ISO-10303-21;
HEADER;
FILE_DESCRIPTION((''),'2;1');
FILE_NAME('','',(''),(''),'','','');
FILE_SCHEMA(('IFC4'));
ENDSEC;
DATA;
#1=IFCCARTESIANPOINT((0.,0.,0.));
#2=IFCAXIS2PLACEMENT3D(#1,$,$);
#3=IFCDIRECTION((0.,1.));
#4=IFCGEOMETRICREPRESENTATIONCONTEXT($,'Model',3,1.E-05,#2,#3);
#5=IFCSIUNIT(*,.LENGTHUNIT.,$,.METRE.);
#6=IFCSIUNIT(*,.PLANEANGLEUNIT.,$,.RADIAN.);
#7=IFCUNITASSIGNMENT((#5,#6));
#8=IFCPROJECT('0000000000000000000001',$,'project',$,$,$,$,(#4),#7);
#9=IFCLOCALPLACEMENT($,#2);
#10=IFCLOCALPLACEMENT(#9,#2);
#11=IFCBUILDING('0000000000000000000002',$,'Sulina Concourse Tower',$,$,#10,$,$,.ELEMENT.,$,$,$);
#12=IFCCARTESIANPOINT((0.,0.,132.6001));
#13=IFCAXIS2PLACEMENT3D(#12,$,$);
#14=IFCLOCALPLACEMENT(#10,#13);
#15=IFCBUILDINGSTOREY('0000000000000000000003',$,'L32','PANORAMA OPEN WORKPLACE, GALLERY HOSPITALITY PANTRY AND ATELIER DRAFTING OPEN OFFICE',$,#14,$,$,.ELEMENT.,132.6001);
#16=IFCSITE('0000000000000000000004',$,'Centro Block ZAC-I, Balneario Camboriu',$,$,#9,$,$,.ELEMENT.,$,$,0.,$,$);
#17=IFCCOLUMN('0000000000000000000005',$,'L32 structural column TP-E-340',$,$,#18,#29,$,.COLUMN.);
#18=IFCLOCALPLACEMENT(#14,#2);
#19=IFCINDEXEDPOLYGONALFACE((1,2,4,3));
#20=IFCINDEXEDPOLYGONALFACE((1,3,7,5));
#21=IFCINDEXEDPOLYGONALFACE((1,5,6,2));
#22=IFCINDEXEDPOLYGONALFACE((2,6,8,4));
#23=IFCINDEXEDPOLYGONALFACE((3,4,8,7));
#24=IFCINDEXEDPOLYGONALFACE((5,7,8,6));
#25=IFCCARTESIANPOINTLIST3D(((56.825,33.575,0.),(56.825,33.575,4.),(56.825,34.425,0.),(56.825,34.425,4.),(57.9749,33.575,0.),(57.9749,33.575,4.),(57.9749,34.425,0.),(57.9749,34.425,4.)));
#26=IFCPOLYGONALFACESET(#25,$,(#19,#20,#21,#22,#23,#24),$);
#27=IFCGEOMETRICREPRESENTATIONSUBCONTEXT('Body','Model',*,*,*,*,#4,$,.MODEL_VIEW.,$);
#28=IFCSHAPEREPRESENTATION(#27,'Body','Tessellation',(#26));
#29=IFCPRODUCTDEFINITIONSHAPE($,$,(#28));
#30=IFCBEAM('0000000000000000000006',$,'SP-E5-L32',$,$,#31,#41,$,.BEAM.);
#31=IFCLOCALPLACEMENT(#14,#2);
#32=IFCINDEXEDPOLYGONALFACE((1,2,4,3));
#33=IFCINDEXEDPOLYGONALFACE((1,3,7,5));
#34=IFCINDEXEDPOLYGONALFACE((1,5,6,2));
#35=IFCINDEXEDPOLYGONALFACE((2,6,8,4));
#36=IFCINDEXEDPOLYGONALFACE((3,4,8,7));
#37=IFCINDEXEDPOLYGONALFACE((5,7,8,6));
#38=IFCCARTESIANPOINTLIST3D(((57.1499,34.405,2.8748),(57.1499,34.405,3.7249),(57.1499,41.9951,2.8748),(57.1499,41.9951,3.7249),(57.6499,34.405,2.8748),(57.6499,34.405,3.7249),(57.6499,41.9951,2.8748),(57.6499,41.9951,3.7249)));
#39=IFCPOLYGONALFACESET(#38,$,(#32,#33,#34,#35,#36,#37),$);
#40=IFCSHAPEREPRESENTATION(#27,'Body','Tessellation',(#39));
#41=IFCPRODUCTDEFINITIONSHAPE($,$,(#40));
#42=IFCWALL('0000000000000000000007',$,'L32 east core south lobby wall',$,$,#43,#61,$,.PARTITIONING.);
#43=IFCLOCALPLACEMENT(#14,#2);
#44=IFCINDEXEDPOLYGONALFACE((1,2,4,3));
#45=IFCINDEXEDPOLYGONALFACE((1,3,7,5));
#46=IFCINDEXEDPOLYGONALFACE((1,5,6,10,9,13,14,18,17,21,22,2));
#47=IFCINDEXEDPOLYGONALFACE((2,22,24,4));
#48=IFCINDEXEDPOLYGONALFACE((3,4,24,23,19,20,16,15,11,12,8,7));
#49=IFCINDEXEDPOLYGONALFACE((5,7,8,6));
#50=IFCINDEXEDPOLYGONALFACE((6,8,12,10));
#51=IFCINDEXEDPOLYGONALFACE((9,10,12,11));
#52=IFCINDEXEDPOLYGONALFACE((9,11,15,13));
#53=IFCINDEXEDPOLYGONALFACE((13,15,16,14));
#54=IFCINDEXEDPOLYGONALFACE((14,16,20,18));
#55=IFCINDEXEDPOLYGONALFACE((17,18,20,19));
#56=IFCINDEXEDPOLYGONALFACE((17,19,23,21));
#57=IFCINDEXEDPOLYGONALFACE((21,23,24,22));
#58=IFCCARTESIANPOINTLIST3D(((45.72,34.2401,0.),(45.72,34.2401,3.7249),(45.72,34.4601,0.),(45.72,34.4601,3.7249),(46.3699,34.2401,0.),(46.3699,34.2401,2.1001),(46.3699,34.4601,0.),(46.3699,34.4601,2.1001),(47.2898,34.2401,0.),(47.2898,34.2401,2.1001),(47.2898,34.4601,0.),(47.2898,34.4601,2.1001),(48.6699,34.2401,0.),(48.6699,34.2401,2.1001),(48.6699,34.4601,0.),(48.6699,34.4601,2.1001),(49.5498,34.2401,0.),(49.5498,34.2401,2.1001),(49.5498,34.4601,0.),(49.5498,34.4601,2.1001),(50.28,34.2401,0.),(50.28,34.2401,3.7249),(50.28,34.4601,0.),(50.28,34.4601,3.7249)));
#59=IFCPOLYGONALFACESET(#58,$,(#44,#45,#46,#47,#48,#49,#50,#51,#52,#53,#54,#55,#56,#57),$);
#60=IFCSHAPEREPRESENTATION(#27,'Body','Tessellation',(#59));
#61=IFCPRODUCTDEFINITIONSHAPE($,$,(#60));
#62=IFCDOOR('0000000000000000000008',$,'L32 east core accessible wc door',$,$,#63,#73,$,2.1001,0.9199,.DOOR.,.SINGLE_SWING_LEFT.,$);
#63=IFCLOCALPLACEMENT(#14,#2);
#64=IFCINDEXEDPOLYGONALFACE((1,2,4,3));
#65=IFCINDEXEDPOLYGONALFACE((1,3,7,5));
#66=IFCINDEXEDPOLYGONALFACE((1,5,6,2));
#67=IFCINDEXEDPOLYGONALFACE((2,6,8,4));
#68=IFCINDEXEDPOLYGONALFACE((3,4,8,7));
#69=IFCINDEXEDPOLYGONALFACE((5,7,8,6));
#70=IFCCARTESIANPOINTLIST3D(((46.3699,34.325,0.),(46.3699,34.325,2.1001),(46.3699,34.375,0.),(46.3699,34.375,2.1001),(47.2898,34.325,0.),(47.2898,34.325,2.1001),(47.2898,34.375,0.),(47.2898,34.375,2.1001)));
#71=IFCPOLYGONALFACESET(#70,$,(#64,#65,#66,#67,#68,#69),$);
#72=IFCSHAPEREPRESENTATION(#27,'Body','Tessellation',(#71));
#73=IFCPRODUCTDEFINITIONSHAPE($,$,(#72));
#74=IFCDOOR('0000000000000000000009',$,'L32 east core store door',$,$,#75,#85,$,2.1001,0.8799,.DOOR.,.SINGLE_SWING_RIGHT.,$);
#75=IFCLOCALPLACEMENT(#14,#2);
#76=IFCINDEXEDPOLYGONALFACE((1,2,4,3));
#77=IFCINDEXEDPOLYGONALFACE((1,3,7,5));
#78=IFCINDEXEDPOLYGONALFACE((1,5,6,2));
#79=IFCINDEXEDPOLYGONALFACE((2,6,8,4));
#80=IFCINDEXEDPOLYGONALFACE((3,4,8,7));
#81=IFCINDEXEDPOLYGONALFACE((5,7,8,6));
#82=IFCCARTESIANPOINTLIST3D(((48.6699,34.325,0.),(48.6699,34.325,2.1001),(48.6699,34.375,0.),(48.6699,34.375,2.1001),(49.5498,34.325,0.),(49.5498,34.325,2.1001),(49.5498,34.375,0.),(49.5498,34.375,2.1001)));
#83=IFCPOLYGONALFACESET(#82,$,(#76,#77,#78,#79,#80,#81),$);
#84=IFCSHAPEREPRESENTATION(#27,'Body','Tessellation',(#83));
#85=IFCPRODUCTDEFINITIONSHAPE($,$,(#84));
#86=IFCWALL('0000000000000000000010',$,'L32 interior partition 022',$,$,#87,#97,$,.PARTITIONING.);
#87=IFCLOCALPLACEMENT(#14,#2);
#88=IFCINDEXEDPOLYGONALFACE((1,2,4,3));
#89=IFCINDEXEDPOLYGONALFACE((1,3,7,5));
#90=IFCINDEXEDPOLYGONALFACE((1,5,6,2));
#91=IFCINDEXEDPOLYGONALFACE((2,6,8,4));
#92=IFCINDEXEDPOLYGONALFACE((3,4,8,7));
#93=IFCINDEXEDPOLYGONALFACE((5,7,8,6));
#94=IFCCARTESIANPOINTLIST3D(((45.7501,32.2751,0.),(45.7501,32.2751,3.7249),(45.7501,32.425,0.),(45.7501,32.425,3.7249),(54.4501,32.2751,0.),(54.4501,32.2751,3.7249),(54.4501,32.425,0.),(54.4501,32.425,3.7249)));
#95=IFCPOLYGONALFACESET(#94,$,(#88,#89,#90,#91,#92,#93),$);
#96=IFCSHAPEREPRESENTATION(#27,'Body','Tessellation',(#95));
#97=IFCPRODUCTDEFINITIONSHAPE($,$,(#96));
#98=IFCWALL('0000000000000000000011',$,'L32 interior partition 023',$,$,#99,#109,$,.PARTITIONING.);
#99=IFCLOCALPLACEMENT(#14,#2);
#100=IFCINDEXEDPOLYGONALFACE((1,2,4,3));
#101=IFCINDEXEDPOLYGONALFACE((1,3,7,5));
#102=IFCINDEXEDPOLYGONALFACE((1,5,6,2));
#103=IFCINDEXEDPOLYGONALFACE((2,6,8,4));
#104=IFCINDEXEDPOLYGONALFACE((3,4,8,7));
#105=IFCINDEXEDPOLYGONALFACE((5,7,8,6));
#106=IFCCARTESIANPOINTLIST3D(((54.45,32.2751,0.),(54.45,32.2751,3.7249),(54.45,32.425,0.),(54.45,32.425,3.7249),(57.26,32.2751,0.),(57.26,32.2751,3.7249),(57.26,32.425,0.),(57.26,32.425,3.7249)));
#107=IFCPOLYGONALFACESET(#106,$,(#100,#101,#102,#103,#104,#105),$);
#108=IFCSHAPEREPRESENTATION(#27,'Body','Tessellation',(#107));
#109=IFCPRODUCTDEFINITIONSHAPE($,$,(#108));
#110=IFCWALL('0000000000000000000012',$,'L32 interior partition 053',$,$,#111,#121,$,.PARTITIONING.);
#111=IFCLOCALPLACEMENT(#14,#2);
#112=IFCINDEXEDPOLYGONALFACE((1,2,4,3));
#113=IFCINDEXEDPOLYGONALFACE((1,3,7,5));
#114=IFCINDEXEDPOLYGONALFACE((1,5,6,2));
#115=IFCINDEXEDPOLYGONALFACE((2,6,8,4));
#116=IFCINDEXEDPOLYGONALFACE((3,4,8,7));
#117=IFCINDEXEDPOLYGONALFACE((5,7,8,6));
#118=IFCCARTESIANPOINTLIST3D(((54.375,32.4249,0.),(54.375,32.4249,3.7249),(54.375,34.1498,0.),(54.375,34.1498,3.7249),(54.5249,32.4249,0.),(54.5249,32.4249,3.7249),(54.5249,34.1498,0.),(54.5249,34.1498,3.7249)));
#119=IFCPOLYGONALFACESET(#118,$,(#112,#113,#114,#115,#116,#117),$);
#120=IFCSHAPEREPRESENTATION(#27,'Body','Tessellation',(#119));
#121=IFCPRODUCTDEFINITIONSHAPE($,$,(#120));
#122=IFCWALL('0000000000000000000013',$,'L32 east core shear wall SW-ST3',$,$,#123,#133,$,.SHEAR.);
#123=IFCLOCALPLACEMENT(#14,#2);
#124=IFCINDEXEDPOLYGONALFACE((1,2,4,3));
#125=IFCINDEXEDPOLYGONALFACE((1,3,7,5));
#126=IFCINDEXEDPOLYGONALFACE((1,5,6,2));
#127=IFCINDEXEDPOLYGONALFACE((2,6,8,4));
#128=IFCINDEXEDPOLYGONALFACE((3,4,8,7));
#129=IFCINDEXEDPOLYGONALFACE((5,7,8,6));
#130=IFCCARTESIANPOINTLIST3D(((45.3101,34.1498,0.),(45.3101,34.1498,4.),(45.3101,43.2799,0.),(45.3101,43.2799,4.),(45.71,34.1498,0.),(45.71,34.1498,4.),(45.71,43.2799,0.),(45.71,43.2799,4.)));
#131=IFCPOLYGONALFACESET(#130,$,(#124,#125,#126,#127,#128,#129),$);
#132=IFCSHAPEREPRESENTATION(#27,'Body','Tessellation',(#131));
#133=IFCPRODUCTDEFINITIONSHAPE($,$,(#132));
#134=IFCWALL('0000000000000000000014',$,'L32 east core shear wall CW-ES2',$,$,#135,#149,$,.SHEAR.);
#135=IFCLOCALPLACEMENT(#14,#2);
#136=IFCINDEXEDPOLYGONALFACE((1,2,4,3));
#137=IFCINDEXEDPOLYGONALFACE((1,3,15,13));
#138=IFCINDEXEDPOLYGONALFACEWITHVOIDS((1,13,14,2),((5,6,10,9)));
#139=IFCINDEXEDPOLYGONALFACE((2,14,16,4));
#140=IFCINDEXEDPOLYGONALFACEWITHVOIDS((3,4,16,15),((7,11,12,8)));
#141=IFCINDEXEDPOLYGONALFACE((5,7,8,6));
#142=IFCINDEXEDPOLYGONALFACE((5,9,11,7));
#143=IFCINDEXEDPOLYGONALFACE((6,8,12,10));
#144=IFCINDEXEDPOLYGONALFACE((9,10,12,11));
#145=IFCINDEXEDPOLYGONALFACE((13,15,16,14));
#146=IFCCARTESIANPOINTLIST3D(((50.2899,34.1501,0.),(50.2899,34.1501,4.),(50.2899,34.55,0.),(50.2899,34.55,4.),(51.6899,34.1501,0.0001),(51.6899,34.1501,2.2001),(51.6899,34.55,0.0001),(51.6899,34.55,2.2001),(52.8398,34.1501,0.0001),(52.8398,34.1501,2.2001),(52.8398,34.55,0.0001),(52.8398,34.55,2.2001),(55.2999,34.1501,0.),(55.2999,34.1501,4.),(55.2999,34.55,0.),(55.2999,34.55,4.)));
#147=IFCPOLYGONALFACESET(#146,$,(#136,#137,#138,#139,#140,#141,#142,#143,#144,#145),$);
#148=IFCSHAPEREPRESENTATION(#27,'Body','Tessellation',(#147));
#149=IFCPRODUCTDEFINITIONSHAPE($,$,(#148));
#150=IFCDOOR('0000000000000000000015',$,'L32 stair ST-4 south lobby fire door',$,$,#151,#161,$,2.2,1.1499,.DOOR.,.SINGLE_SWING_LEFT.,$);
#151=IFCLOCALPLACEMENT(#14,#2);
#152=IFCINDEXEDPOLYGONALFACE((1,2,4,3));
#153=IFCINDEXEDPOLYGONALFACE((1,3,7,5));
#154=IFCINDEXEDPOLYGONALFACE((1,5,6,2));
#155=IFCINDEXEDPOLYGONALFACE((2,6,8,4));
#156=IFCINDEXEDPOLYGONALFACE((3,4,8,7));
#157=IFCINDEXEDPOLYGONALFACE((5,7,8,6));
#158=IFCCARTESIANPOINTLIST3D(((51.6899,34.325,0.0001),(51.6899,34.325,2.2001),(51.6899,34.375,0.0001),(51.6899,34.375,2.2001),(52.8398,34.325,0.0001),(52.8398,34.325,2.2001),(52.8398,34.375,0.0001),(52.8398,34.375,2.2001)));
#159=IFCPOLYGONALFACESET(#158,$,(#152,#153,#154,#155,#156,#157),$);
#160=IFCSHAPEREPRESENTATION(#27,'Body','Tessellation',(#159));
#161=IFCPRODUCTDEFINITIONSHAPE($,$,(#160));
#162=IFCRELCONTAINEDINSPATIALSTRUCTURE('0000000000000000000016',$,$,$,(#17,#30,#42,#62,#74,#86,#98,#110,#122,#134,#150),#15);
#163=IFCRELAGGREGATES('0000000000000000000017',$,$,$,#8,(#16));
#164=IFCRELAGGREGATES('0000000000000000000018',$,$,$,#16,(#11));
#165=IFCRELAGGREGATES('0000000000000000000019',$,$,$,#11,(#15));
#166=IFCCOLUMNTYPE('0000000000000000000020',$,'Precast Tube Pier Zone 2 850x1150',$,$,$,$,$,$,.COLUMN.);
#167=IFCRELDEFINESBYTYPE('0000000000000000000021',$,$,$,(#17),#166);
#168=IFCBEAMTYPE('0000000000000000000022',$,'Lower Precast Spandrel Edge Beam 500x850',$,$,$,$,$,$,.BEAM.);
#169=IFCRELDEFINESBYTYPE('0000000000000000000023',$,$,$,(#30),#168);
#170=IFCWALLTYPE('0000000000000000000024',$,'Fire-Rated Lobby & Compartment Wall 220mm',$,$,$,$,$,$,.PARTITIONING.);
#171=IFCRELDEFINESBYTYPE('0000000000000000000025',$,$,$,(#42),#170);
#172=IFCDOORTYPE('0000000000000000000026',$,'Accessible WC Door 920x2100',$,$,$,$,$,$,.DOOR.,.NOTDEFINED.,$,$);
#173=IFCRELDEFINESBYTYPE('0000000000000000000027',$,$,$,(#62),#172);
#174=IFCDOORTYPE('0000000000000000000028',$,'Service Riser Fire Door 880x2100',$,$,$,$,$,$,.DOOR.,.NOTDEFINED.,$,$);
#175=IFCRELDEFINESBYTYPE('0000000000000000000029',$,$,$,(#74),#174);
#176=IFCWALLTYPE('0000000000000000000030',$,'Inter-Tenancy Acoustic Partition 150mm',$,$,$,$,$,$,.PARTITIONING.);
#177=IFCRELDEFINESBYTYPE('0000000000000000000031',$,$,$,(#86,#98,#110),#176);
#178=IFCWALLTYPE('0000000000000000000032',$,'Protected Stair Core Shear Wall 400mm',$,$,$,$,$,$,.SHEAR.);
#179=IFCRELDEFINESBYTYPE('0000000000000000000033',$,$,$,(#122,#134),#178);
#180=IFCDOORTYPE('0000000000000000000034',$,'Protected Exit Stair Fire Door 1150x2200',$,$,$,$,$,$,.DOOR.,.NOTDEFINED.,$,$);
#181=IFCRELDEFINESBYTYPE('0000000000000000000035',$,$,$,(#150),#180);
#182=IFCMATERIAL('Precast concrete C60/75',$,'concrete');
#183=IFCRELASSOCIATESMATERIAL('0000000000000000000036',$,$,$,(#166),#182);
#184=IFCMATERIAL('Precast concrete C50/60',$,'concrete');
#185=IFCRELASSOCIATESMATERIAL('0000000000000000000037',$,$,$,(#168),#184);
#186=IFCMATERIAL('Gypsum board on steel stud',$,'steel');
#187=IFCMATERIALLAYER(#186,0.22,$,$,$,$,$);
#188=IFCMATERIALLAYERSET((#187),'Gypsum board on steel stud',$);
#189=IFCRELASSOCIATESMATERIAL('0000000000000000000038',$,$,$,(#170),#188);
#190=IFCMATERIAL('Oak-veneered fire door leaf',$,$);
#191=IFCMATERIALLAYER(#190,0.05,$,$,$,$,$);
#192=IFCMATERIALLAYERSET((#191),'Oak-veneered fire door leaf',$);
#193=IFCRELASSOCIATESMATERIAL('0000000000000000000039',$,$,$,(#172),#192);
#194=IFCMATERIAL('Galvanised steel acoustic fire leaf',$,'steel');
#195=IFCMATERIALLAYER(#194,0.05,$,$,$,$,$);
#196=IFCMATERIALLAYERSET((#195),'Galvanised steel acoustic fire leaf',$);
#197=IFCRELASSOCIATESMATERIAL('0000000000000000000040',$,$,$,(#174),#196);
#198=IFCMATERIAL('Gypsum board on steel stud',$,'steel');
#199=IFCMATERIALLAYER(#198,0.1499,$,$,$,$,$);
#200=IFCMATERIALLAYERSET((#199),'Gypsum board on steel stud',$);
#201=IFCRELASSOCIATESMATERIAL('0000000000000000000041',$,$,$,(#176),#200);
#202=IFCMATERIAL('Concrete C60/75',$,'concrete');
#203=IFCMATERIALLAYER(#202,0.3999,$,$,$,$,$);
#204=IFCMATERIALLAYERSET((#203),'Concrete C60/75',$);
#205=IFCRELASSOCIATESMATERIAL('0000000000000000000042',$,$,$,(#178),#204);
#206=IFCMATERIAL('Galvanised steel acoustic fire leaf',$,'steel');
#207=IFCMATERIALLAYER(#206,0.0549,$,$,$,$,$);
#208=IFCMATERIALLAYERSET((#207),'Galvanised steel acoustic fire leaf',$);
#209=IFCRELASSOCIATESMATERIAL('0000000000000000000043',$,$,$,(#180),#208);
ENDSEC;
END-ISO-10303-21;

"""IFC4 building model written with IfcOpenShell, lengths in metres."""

from ifc_helpers import new_model, si_unit, direction, frame, frame_2d, origin, origin_2d, place, context, subcontext, project, spatial, rectangle, extrude, material, layer, layer_set, material_profile, profile_set, type_object, element, fill, save


model = new_model("IFC4")

# Units and contexts
model_context = context("Model", 3, precision=1e-05, world=origin(), true_north=direction((0.0, 1.0)))
body_context = subcontext(model_context, "Body", "Model", "MODEL_VIEW")
ifc_project = project(units=[si_unit("LENGTHUNIT", "METRE"), si_unit("PLANEANGLEUNIT", "RADIAN")], contexts=[model_context])

# Site, building, storey
site_placement = place(None, origin())
site = spatial("IfcSite", under=ifc_project, at=site_placement, Name="Centro Block ZAC-I, Balneario Camboriu", CompositionType="ELEMENT", RefElevation=0.0)
building_placement = place(site_placement, origin())
building = spatial("IfcBuilding", under=site, at=building_placement, Name="Sulina Concourse Tower", CompositionType="ELEMENT")
storey_placement = place(building_placement, frame((0.0, 0.0, 132.6001)))
storey = spatial("IfcBuildingStorey", under=building, at=storey_placement, Name="L32", Description="PANORAMA OPEN WORKPLACE, GALLERY HOSPITALITY PANTRY AND ATELIER DRAFTING OPEN OFFICE", CompositionType="ELEMENT", Elevation=132.6001)

# Column
ifc_material_1 = material(Name="Precast concrete C60/75", Category="concrete")
ifc_material_profile_1 = material_profile(ifc_material_1, rectangle(XDim=0.8501, YDim=1.1499, at=origin_2d()), Name="PC 850x1150")
ifc_profile_set_1 = profile_set([ifc_material_profile_1], Name="Precast concrete C60/75")
column_type = type_object("IfcColumnType", Name="Precast Tube Pier Zone 2 850x1150", PredefinedType="COLUMN", material=ifc_profile_set_1)
column_placement = place(storey_placement, frame((57.3999, 34.0, 0.0), z_axis=(0.0, 0.0, 1.0), x_axis=(0.0, 1.0, 0.0)))
element("IfcColumn", 1, at=column_placement, inside=storey, type_object=column_type, Name="L32 structural column TP-E-340", PredefinedType="COLUMN", context=body_context, shape_type="SweptSolid", body=[
    extrude(rectangle(XDim=0.8501, YDim=1.1499, at=origin_2d()), origin(), (0.0, 0.0, 1.0), 4.0),
])

# Beam
ifc_material_2 = material(Name="Precast concrete C50/60", Category="concrete")
ifc_material_profile_2 = material_profile(ifc_material_2, rectangle(XDim=0.5, YDim=0.8501, at=origin_2d()), Name="RC 500x850")
ifc_profile_set_2 = profile_set([ifc_material_profile_2], Name="Precast concrete C50/60")
beam_type = type_object("IfcBeamType", Name="Lower Precast Spandrel Edge Beam 500x850", PredefinedType="BEAM", material=ifc_profile_set_2)
beam_placement = place(storey_placement, frame((57.3999, 34.405, 3.2998), z_axis=(0.0, 1.0, 0.0), x_axis=(-1.0, 0.0, 0.0)))
element("IfcBeam", 2, at=beam_placement, inside=storey, type_object=beam_type, Name="SP-E5-L32", PredefinedType="BEAM", context=body_context, shape_type="SweptSolid", body=[
    extrude(rectangle(XDim=0.5, YDim=0.8501, at=origin_2d()), origin(), (0.0, 0.0, 1.0), 7.5901),
])

# Wall, openings, doors
ifc_material_3 = material(Name="Gypsum board on steel stud", Category="steel")
ifc_layer_1 = layer(ifc_material_3, 0.22)
ifc_layer_set_1 = layer_set([ifc_layer_1], Name="Gypsum board on steel stud")
wall_type_1 = type_object("IfcWallType", Name="Fire-Rated Lobby & Compartment Wall 220mm", PredefinedType="PARTITIONING", material=ifc_layer_set_1)
wall_1_placement = place(storey_placement, frame((45.72, 34.3501, 0.0), z_axis=(0.0, 0.0, 1.0), x_axis=(1.0, 0.0, 0.0)))
wall_1 = element("IfcWall", 3, at=wall_1_placement, inside=storey, type_object=wall_type_1, Name="L32 east core south lobby wall", PredefinedType="PARTITIONING", context=body_context, shape_type="SweptSolid", body=[
    extrude(rectangle(XDim=4.5601, YDim=0.22, at=frame_2d((2.28, 0.0))), origin(), (0.0, 0.0, 1.0), 3.7249),
])
opening_1_placement = place(wall_1_placement, frame((0.6499, 0.0, 0.0)))
opening_1 = element("IfcOpeningElement", 4, at=opening_1_placement, cuts=wall_1, PredefinedType="OPENING", context=body_context, shape_type="SweptSolid", body=[
    extrude(rectangle(XDim=0.9199, YDim=2.1001, at=frame_2d((0.46, 1.05))), frame((0.0, 0.1199, 0.0), z_axis=(0.0, -1.0, 0.0), x_axis=(1.0, 0.0, 0.0)), (0.0, 0.0, 1.0), 0.24),
])
opening_2_placement = place(wall_1_placement, frame((2.95, 0.0, 0.0)))
opening_2 = element("IfcOpeningElement", 5, at=opening_2_placement, cuts=wall_1, PredefinedType="OPENING", context=body_context, shape_type="SweptSolid", body=[
    extrude(rectangle(XDim=0.8799, YDim=2.1001, at=frame_2d((0.4399, 1.05))), frame((0.0, 0.1199, 0.0), z_axis=(0.0, -1.0, 0.0), x_axis=(1.0, 0.0, 0.0)), (0.0, 0.0, 1.0), 0.24),
])
ifc_material_4 = material(Name="Oak-veneered fire door leaf")
ifc_layer_2 = layer(ifc_material_4, 0.05)
ifc_layer_set_2 = layer_set([ifc_layer_2], Name="Oak-veneered fire door leaf")
door_type_1 = type_object("IfcDoorType", Name="Accessible WC Door 920x2100", OperationType="NOTDEFINED", PredefinedType="DOOR", material=ifc_layer_set_2)
door_1_placement = place(opening_1_placement, origin())
door_1 = element("IfcDoor", 6, at=door_1_placement, inside=storey, type_object=door_type_1, Name="L32 east core accessible wc door", OperationType="SINGLE_SWING_LEFT", OverallHeight=2.1001, OverallWidth=0.9199, PredefinedType="DOOR", context=body_context, shape_type="SweptSolid", body=[
    extrude(rectangle(XDim=0.9199, YDim=2.1001, at=frame_2d((0.46, 1.05))), frame((0.0, 0.0249, 0.0), z_axis=(0.0, -1.0, 0.0), x_axis=(1.0, 0.0, 0.0)), (0.0, 0.0, 1.0), 0.05),
])
fill(opening_1, door_1)
ifc_material_5 = material(Name="Galvanised steel acoustic fire leaf", Category="steel")
ifc_layer_3 = layer(ifc_material_5, 0.05)
ifc_layer_set_3 = layer_set([ifc_layer_3], Name="Galvanised steel acoustic fire leaf")
door_type_2 = type_object("IfcDoorType", Name="Service Riser Fire Door 880x2100", OperationType="NOTDEFINED", PredefinedType="DOOR", material=ifc_layer_set_3)
door_2_placement = place(opening_2_placement, origin())
door_2 = element("IfcDoor", 7, at=door_2_placement, inside=storey, type_object=door_type_2, Name="L32 east core store door", OperationType="SINGLE_SWING_RIGHT", OverallHeight=2.1001, OverallWidth=0.8799, PredefinedType="DOOR", context=body_context, shape_type="SweptSolid", body=[
    extrude(rectangle(XDim=0.8799, YDim=2.1001, at=frame_2d((0.4399, 1.05))), frame((0.0, 0.0249, 0.0), z_axis=(0.0, -1.0, 0.0), x_axis=(1.0, 0.0, 0.0)), (0.0, 0.0, 1.0), 0.05),
])
fill(opening_2, door_2)

# Walls
ifc_material_6 = material(Name="Gypsum board on steel stud", Category="steel")
ifc_layer_4 = layer(ifc_material_6, 0.1499)
ifc_layer_set_4 = layer_set([ifc_layer_4], Name="Gypsum board on steel stud")
wall_type_2 = type_object("IfcWallType", Name="Inter-Tenancy Acoustic Partition 150mm", PredefinedType="PARTITIONING", material=ifc_layer_set_4)
wall_2_placement = place(storey_placement, frame((45.75, 32.3501, 0.0), z_axis=(0.0, 0.0, 1.0), x_axis=(1.0, 0.0, 0.0)))
element("IfcWall", 8, at=wall_2_placement, inside=storey, type_object=wall_type_2, Name="L32 interior partition 022", PredefinedType="PARTITIONING", context=body_context, shape_type="SweptSolid", body=[
    extrude(rectangle(XDim=8.7, YDim=0.1499, at=frame_2d((4.3501, 0.0))), origin(), (0.0, 0.0, 1.0), 3.7249),
])
wall_3_placement = place(storey_placement, frame((54.45, 32.3501, 0.0), z_axis=(0.0, 0.0, 1.0), x_axis=(1.0, 0.0, 0.0)))
element("IfcWall", 9, at=wall_3_placement, inside=storey, type_object=wall_type_2, Name="L32 interior partition 023", PredefinedType="PARTITIONING", context=body_context, shape_type="SweptSolid", body=[
    extrude(rectangle(XDim=2.8101, YDim=0.1499, at=frame_2d((1.405, 0.0))), origin(), (0.0, 0.0, 1.0), 3.7249),
])
wall_4_placement = place(storey_placement, frame((54.45, 32.425, 0.0), z_axis=(0.0, 0.0, 1.0), x_axis=(0.0, 1.0, 0.0)))
element("IfcWall", 10, at=wall_4_placement, inside=storey, type_object=wall_type_2, Name="L32 interior partition 053", PredefinedType="PARTITIONING", context=body_context, shape_type="SweptSolid", body=[
    extrude(rectangle(XDim=1.7249, YDim=0.1499, at=frame_2d((0.8623, 0.0))), origin(), (0.0, 0.0, 1.0), 3.7249),
])
ifc_material_7 = material(Name="Concrete C60/75", Category="concrete")
ifc_layer_5 = layer(ifc_material_7, 0.3999)
ifc_layer_set_5 = layer_set([ifc_layer_5], Name="Concrete C60/75")
wall_type_3 = type_object("IfcWallType", Name="Protected Stair Core Shear Wall 400mm", PredefinedType="SHEAR", material=ifc_layer_set_5)
wall_5_placement = place(storey_placement, frame((45.51, 34.1499, 0.0), z_axis=(0.0, 0.0, 1.0), x_axis=(0.0, 1.0, 0.0)))
element("IfcWall", 11, at=wall_5_placement, inside=storey, type_object=wall_type_3, Name="L32 east core shear wall SW-ST3", PredefinedType="SHEAR", context=body_context, shape_type="SweptSolid", body=[
    extrude(rectangle(XDim=9.1301, YDim=0.3999, at=frame_2d((4.5649, 0.0))), origin(), (0.0, 0.0, 1.0), 4.0),
])

# Wall, opening, door
wall_6_placement = place(storey_placement, frame((50.29, 34.3501, 0.0), z_axis=(0.0, 0.0, 1.0), x_axis=(1.0, 0.0, 0.0)))
wall_6 = element("IfcWall", 12, at=wall_6_placement, inside=storey, type_object=wall_type_3, Name="L32 east core shear wall CW-ES2", PredefinedType="SHEAR", context=body_context, shape_type="SweptSolid", body=[
    extrude(rectangle(XDim=5.01, YDim=0.3999, at=frame_2d((2.5049, 0.0))), origin(), (0.0, 0.0, 1.0), 4.0),
])
opening_3_placement = place(wall_6_placement, frame((1.3999, 0.0, 0.0)))
opening_3 = element("IfcOpeningElement", 13, at=opening_3_placement, cuts=wall_6, PredefinedType="OPENING", context=body_context, shape_type="SweptSolid", body=[
    extrude(rectangle(XDim=1.1499, YDim=2.2, at=frame_2d((0.575, 1.1001))), frame((0.0, 0.21, 0.0), z_axis=(0.0, -1.0, 0.0), x_axis=(1.0, 0.0, 0.0)), (0.0, 0.0, 1.0), 0.4199),
])
ifc_material_8 = material(Name="Galvanised steel acoustic fire leaf", Category="steel")
ifc_layer_6 = layer(ifc_material_8, 0.0549)
ifc_layer_set_6 = layer_set([ifc_layer_6], Name="Galvanised steel acoustic fire leaf")
door_type_3 = type_object("IfcDoorType", Name="Protected Exit Stair Fire Door 1150x2200", OperationType="NOTDEFINED", PredefinedType="DOOR", material=ifc_layer_set_6)
door_3_placement = place(opening_3_placement, origin())
door_3 = element("IfcDoor", 14, at=door_3_placement, inside=storey, type_object=door_type_3, Name="L32 stair ST-4 south lobby fire door", OperationType="SINGLE_SWING_LEFT", OverallHeight=2.2, OverallWidth=1.1499, PredefinedType="DOOR", context=body_context, shape_type="SweptSolid", body=[
    extrude(rectangle(XDim=1.1499, YDim=2.2, at=frame_2d((0.575, 1.1001))), frame((0.0, 0.0249, 0.0), z_axis=(0.0, -1.0, 0.0), x_axis=(1.0, 0.0, 0.0)), (0.0, 0.0, 1.0), 0.05),
])
fill(opening_3, door_3)

save(model, "model.ifc")
